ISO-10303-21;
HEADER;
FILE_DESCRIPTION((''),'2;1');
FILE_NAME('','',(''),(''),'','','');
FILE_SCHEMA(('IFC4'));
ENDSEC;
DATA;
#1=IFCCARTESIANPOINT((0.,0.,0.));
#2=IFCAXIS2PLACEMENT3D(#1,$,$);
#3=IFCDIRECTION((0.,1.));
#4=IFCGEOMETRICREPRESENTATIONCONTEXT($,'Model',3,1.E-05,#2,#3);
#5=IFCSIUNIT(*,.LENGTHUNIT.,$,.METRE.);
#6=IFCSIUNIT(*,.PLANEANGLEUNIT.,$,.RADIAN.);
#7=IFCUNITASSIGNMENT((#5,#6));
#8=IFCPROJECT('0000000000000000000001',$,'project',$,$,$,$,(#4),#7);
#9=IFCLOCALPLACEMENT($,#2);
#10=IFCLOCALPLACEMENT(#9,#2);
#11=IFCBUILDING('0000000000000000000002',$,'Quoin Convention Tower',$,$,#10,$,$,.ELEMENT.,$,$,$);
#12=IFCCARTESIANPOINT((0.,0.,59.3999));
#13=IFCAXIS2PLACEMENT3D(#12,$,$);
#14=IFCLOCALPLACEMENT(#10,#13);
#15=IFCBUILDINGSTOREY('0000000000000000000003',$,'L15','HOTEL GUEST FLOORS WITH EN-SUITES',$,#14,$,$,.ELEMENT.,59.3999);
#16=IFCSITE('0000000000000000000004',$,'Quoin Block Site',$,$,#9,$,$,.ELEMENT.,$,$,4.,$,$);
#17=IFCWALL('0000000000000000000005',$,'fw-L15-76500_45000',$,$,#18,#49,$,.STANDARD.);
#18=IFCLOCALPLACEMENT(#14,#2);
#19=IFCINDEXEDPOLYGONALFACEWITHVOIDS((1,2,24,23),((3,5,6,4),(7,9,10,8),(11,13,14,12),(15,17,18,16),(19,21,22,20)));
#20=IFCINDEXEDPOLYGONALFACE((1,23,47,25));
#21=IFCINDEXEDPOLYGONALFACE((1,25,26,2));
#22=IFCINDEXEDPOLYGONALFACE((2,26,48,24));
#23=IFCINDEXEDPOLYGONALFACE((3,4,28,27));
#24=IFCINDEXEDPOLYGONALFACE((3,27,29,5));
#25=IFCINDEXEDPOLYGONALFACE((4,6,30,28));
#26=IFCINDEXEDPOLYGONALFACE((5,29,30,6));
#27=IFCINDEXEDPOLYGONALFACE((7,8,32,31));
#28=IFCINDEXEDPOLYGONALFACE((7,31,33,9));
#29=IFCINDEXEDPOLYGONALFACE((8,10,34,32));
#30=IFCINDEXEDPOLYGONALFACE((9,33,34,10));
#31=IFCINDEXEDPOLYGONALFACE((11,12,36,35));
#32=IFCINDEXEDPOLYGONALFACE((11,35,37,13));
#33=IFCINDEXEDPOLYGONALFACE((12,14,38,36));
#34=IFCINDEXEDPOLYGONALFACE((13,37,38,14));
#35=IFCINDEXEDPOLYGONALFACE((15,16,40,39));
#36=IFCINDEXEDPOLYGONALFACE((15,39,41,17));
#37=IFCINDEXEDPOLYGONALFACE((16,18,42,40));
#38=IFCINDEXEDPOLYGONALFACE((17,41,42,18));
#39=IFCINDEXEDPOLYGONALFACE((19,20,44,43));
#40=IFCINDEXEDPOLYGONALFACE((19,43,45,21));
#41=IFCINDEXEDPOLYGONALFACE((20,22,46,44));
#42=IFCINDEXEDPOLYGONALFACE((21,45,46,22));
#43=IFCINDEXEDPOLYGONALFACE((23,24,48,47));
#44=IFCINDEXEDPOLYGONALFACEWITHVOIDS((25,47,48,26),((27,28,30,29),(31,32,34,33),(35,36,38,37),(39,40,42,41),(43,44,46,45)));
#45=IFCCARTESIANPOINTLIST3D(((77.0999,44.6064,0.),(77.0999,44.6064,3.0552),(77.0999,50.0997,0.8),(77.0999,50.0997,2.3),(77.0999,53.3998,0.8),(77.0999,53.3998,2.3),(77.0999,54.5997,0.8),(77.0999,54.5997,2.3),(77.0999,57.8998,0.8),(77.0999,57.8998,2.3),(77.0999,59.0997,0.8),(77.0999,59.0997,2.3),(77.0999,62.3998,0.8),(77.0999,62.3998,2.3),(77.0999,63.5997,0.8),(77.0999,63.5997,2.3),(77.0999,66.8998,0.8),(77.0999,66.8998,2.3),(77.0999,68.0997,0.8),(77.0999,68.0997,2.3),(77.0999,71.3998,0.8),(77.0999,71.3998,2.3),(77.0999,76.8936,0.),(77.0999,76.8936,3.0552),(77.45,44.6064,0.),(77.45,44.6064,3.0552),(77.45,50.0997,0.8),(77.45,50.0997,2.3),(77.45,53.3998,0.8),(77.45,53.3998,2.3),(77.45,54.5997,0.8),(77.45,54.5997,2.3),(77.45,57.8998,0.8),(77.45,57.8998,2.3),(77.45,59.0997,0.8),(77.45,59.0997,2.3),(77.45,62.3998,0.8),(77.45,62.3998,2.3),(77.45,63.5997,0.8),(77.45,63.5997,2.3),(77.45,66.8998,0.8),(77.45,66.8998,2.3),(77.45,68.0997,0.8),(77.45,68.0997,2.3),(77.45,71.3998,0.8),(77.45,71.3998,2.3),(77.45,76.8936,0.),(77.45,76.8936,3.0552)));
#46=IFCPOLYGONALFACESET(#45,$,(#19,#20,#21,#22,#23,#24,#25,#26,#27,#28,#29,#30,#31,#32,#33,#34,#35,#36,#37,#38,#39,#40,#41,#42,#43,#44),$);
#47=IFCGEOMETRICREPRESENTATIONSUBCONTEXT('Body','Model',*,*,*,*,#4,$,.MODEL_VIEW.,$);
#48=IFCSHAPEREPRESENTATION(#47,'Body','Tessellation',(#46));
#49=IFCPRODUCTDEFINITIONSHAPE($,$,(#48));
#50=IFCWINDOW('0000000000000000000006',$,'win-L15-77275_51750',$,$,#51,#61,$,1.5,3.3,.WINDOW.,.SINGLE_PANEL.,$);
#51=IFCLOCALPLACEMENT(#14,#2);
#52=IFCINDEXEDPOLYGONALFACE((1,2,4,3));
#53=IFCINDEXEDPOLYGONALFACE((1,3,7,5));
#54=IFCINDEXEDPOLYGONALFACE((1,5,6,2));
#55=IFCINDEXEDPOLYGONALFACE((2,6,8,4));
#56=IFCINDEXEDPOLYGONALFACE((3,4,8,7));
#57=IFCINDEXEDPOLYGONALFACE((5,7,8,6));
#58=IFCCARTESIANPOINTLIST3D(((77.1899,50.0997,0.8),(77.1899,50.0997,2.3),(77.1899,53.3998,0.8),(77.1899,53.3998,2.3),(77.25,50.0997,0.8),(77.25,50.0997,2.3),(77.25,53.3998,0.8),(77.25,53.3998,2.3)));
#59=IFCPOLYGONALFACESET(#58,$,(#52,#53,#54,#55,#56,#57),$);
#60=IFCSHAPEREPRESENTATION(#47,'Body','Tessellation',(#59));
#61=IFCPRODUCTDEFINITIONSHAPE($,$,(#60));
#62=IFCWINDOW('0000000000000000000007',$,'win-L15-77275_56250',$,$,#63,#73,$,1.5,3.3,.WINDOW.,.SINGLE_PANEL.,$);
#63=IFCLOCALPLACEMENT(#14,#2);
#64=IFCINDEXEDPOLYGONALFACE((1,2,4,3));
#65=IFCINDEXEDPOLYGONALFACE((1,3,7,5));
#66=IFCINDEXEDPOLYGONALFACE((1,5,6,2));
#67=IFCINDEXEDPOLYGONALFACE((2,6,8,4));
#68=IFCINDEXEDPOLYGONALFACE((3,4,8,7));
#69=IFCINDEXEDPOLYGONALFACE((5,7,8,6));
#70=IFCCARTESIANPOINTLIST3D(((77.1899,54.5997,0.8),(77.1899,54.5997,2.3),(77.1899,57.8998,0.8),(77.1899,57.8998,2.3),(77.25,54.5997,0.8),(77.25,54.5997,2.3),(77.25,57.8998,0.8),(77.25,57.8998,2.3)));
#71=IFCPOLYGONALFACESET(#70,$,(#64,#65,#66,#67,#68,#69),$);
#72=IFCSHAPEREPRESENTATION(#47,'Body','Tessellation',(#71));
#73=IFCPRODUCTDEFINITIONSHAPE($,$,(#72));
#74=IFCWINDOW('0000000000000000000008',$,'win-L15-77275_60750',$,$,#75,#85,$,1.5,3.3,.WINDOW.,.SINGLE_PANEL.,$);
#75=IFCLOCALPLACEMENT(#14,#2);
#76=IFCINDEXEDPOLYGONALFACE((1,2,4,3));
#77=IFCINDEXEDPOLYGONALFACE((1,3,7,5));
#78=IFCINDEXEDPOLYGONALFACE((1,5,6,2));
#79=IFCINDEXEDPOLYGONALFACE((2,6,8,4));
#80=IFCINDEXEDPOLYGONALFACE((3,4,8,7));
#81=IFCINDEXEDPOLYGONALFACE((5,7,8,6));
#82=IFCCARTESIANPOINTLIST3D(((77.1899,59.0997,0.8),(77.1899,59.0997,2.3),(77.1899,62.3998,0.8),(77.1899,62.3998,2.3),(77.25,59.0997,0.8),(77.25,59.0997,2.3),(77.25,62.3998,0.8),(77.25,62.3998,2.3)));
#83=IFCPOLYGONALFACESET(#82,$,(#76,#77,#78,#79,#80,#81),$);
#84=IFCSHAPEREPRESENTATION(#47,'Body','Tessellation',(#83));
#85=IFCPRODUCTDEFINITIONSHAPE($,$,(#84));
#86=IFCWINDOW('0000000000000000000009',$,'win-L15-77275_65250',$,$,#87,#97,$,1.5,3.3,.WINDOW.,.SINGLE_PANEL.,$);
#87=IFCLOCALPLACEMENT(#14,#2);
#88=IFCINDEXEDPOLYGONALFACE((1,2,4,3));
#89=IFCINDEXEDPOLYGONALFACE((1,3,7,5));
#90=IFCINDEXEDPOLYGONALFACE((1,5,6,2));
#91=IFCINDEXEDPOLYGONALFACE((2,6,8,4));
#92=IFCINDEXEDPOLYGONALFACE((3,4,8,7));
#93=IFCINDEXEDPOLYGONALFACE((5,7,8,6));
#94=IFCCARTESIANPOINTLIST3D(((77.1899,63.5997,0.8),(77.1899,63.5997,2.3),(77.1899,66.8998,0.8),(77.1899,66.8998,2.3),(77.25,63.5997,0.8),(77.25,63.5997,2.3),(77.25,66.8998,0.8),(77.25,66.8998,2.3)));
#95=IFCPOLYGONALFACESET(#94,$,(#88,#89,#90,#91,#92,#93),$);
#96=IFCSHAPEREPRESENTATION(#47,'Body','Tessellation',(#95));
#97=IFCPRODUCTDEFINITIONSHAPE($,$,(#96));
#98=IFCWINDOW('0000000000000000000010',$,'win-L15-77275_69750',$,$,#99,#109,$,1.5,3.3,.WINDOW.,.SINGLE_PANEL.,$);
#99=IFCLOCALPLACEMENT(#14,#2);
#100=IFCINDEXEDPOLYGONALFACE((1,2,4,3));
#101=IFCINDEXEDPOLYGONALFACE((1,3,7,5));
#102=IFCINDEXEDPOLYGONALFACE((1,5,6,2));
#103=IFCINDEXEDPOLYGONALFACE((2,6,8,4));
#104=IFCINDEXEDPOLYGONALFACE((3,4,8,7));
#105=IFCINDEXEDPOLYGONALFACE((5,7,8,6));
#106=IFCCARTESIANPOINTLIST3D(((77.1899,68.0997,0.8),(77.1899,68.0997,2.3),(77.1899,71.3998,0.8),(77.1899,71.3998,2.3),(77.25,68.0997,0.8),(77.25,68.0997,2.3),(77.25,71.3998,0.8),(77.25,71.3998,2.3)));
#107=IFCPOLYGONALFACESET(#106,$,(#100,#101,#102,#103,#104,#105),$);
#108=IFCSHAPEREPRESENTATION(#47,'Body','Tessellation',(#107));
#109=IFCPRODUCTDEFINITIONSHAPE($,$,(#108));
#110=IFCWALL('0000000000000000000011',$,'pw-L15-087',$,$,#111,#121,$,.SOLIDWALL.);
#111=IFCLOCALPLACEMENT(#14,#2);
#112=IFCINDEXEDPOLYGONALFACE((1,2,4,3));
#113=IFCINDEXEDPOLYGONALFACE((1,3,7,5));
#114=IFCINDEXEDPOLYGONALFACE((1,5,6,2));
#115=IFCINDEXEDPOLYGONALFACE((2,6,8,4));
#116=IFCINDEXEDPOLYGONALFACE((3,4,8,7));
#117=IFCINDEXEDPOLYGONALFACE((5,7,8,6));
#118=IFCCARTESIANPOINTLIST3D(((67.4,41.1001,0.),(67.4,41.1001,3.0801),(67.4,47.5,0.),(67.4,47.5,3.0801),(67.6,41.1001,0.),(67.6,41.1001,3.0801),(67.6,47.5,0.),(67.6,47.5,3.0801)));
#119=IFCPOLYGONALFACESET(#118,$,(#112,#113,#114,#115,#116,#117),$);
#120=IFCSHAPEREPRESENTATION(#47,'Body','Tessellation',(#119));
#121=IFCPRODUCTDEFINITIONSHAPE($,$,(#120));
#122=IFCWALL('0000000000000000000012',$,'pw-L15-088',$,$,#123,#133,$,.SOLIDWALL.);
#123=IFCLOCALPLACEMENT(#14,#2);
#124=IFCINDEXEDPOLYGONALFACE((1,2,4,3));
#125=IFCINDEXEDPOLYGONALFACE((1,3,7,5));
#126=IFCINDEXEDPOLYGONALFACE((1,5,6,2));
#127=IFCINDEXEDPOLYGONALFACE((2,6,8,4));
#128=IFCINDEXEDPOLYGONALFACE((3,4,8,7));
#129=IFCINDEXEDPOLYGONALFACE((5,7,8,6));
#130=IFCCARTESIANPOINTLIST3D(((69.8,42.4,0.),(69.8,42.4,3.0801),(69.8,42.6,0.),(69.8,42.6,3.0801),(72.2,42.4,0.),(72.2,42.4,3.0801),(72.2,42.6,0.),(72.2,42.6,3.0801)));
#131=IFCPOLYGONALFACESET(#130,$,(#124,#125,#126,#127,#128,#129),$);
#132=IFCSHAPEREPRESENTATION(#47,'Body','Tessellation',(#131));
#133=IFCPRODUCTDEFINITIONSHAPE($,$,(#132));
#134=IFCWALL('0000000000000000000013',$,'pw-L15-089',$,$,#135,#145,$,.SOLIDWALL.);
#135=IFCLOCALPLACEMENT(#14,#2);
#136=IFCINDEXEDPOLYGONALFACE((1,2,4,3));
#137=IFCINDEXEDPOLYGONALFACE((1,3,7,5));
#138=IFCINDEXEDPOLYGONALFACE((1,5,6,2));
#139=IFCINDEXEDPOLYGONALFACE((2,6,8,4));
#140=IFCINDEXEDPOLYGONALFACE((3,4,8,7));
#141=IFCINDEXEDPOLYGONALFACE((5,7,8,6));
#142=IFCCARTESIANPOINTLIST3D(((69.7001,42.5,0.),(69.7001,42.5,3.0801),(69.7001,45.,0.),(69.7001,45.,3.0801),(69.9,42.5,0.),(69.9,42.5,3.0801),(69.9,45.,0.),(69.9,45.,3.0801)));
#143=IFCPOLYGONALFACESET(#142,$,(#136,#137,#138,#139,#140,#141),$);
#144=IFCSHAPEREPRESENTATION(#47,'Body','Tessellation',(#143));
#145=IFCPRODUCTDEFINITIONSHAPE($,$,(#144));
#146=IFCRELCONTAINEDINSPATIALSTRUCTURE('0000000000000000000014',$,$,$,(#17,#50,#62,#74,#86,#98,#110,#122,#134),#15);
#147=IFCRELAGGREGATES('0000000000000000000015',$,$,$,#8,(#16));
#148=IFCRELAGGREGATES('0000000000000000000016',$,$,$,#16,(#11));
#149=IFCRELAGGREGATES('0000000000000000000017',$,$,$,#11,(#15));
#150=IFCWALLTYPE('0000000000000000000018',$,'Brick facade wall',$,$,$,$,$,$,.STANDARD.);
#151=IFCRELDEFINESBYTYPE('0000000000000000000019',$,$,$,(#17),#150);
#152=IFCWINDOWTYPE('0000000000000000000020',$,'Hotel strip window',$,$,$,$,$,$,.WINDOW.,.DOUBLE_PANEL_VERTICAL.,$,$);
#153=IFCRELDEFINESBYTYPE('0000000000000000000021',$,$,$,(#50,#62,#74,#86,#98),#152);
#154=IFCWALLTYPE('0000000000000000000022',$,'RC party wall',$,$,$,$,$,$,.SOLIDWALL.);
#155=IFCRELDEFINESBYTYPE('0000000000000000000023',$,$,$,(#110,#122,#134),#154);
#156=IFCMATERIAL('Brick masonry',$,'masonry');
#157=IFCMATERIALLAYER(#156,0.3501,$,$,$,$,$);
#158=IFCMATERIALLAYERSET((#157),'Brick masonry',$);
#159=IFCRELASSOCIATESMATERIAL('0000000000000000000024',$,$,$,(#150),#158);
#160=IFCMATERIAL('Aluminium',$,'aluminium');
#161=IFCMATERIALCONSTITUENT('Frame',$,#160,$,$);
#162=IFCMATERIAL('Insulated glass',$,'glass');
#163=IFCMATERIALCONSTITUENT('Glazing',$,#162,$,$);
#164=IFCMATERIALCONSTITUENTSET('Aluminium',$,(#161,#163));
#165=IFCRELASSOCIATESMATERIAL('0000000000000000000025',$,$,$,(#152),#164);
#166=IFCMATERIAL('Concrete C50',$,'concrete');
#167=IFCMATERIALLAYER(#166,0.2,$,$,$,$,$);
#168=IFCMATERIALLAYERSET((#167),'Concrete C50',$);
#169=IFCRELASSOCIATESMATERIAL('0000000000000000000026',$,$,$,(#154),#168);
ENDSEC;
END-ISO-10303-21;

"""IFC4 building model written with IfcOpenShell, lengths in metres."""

from ifc_helpers import new_model, si_unit, direction, frame, frame_2d, origin, place, context, subcontext, project, spatial, rectangle, extrude, material, layer, layer_set, constituent, constituent_set, type_object, element, fill, save


model = new_model("IFC4")

# Units and contexts
model_context = context("Model", 3, precision=1e-05, world=origin(), true_north=direction((0.0, 1.0)))
body_context = subcontext(model_context, "Body", "Model", "MODEL_VIEW")
ifc_project = project(units=[si_unit("LENGTHUNIT", "METRE"), si_unit("PLANEANGLEUNIT", "RADIAN")], contexts=[model_context])

# Site, building, storey
site_placement = place(None, origin())
site = spatial("IfcSite", under=ifc_project, at=site_placement, Name="Quoin Block Site", CompositionType="ELEMENT", RefElevation=4.0)
building_placement = place(site_placement, origin())
building = spatial("IfcBuilding", under=site, at=building_placement, Name="Quoin Convention Tower", CompositionType="ELEMENT")
storey_placement = place(building_placement, frame((0.0, 0.0, 59.3999)))
storey = spatial("IfcBuildingStorey", under=building, at=storey_placement, Name="L15", Description="HOTEL GUEST FLOORS WITH EN-SUITES", CompositionType="ELEMENT", Elevation=59.3999)

# Shared definitions
ifc_material_1 = material(Name="Brick masonry", Category="masonry")
ifc_layer_1 = layer(ifc_material_1, 0.3501)
ifc_layer_set_1 = layer_set([ifc_layer_1], Name="Brick masonry")
wall_type_1 = type_object("IfcWallType", Name="Brick facade wall", PredefinedType="STANDARD", material=ifc_layer_set_1)
ifc_material_2 = material(Name="Aluminium", Category="aluminium")
ifc_constituent_1 = constituent(ifc_material_2, Name="Frame")
ifc_material_3 = material(Name="Insulated glass", Category="glass")
ifc_constituent_2 = constituent(ifc_material_3, Name="Glazing")
ifc_constituent_set = constituent_set(constituents=[ifc_constituent_1, ifc_constituent_2], Name="Aluminium")
window_type = type_object("IfcWindowType", Name="Hotel strip window", PartitioningType="DOUBLE_PANEL_VERTICAL", PredefinedType="WINDOW", material=ifc_constituent_set)

# Wall, openings, windows
wall_1_placement = place(storey_placement, frame((77.2749, 44.6064, 0.0), z_axis=(0.0, 0.0, 1.0), x_axis=(0.0, 1.0, 0.0)))
wall_1 = element("IfcWall", 1, at=wall_1_placement, inside=storey, type_object=wall_type_1, Name="fw-L15-76500_45000", PredefinedType="STANDARD", context=body_context, shape_type="SweptSolid", body=[
    extrude(rectangle(XDim=32.2871, YDim=0.3501, at=frame_2d((16.1436, 0.0))), origin(), (0.0, 0.0, 1.0), 3.0552),
])
opening_1_placement = place(wall_1_placement, frame((5.4934, 0.0, 0.8)))
opening_1 = element("IfcOpeningElement", 2, at=opening_1_placement, cuts=wall_1, PredefinedType="OPENING", context=body_context, shape_type="SweptSolid", body=[
    extrude(rectangle(XDim=3.3, YDim=1.5, at=frame_2d((1.6499, 0.75))), frame((0.0, 0.1851, 0.0), z_axis=(0.0, -1.0, 0.0), x_axis=(1.0, 0.0, 0.0)), (0.0, 0.0, 1.0), 0.3701),
])
opening_2_placement = place(wall_1_placement, frame((9.9934, 0.0, 0.8)))
opening_2 = element("IfcOpeningElement", 3, at=opening_2_placement, cuts=wall_1, PredefinedType="OPENING", context=body_context, shape_type="SweptSolid", body=[
    extrude(rectangle(XDim=3.3, YDim=1.5, at=frame_2d((1.6499, 0.75))), frame((0.0, 0.1851, 0.0), z_axis=(0.0, -1.0, 0.0), x_axis=(1.0, 0.0, 0.0)), (0.0, 0.0, 1.0), 0.3701),
])
opening_3_placement = place(wall_1_placement, frame((14.4934, 0.0, 0.8)))
opening_3 = element("IfcOpeningElement", 4, at=opening_3_placement, cuts=wall_1, PredefinedType="OPENING", context=body_context, shape_type="SweptSolid", body=[
    extrude(rectangle(XDim=3.3, YDim=1.5, at=frame_2d((1.6499, 0.75))), frame((0.0, 0.1851, 0.0), z_axis=(0.0, -1.0, 0.0), x_axis=(1.0, 0.0, 0.0)), (0.0, 0.0, 1.0), 0.3701),
])
opening_4_placement = place(wall_1_placement, frame((18.9934, 0.0, 0.8)))
opening_4 = element("IfcOpeningElement", 5, at=opening_4_placement, cuts=wall_1, PredefinedType="OPENING", context=body_context, shape_type="SweptSolid", body=[
    extrude(rectangle(XDim=3.3, YDim=1.5, at=frame_2d((1.6499, 0.75))), frame((0.0, 0.1851, 0.0), z_axis=(0.0, -1.0, 0.0), x_axis=(1.0, 0.0, 0.0)), (0.0, 0.0, 1.0), 0.3701),
])
opening_5_placement = place(wall_1_placement, frame((23.4934, 0.0, 0.8)))
opening_5 = element("IfcOpeningElement", 6, at=opening_5_placement, cuts=wall_1, PredefinedType="OPENING", context=body_context, shape_type="SweptSolid", body=[
    extrude(rectangle(XDim=3.3, YDim=1.5, at=frame_2d((1.6499, 0.75))), frame((0.0, 0.1851, 0.0), z_axis=(0.0, -1.0, 0.0), x_axis=(1.0, 0.0, 0.0)), (0.0, 0.0, 1.0), 0.3701),
])
window_1_placement = place(opening_1_placement, origin())
window_1 = element("IfcWindow", 7, at=window_1_placement, inside=storey, type_object=window_type, Name="win-L15-77275_51750", OverallHeight=1.5, OverallWidth=3.3, PartitioningType="SINGLE_PANEL", PredefinedType="WINDOW", context=body_context, shape_type="SweptSolid", body=[
    extrude(rectangle(XDim=3.3, YDim=1.5, at=frame_2d((1.6499, 0.75))), frame((0.0, 0.085, 0.0), z_axis=(0.0, -1.0, 0.0), x_axis=(1.0, 0.0, 0.0)), (0.0, 0.0, 1.0), 0.0601),
])
fill(opening_1, window_1)
window_2_placement = place(opening_2_placement, origin())
window_2 = element("IfcWindow", 8, at=window_2_placement, inside=storey, type_object=window_type, Name="win-L15-77275_56250", OverallHeight=1.5, OverallWidth=3.3, PartitioningType="SINGLE_PANEL", PredefinedType="WINDOW", context=body_context, shape_type="SweptSolid", body=[
    extrude(rectangle(XDim=3.3, YDim=1.5, at=frame_2d((1.6499, 0.75))), frame((0.0, 0.085, 0.0), z_axis=(0.0, -1.0, 0.0), x_axis=(1.0, 0.0, 0.0)), (0.0, 0.0, 1.0), 0.0601),
])
fill(opening_2, window_2)
window_3_placement = place(opening_3_placement, origin())
window_3 = element("IfcWindow", 9, at=window_3_placement, inside=storey, type_object=window_type, Name="win-L15-77275_60750", OverallHeight=1.5, OverallWidth=3.3, PartitioningType="SINGLE_PANEL", PredefinedType="WINDOW", context=body_context, shape_type="SweptSolid", body=[
    extrude(rectangle(XDim=3.3, YDim=1.5, at=frame_2d((1.6499, 0.75))), frame((0.0, 0.085, 0.0), z_axis=(0.0, -1.0, 0.0), x_axis=(1.0, 0.0, 0.0)), (0.0, 0.0, 1.0), 0.0601),
])
fill(opening_3, window_3)
window_4_placement = place(opening_4_placement, origin())
window_4 = element("IfcWindow", 10, at=window_4_placement, inside=storey, type_object=window_type, Name="win-L15-77275_65250", OverallHeight=1.5, OverallWidth=3.3, PartitioningType="SINGLE_PANEL", PredefinedType="WINDOW", context=body_context, shape_type="SweptSolid", body=[
    extrude(rectangle(XDim=3.3, YDim=1.5, at=frame_2d((1.6499, 0.75))), frame((0.0, 0.085, 0.0), z_axis=(0.0, -1.0, 0.0), x_axis=(1.0, 0.0, 0.0)), (0.0, 0.0, 1.0), 0.0601),
])
fill(opening_4, window_4)
window_5_placement = place(opening_5_placement, origin())
window_5 = element("IfcWindow", 11, at=window_5_placement, inside=storey, type_object=window_type, Name="win-L15-77275_69750", OverallHeight=1.5, OverallWidth=3.3, PartitioningType="SINGLE_PANEL", PredefinedType="WINDOW", context=body_context, shape_type="SweptSolid", body=[
    extrude(rectangle(XDim=3.3, YDim=1.5, at=frame_2d((1.6499, 0.75))), frame((0.0, 0.085, 0.0), z_axis=(0.0, -1.0, 0.0), x_axis=(1.0, 0.0, 0.0)), (0.0, 0.0, 1.0), 0.0601),
])
fill(opening_5, window_5)

# Walls
ifc_material_4 = material(Name="Concrete C50", Category="concrete")
ifc_layer_2 = layer(ifc_material_4, 0.2)
ifc_layer_set_2 = layer_set([ifc_layer_2], Name="Concrete C50")
wall_type_2 = type_object("IfcWallType", Name="RC party wall", PredefinedType="SOLIDWALL", material=ifc_layer_set_2)
wall_2_placement = place(storey_placement, frame((67.5, 41.1001, 0.0), z_axis=(0.0, 0.0, 1.0), x_axis=(0.0, 1.0, 0.0)))
element("IfcWall", 12, at=wall_2_placement, inside=storey, type_object=wall_type_2, Name="pw-L15-087", PredefinedType="SOLIDWALL", context=body_context, shape_type="SweptSolid", body=[
    extrude(rectangle(XDim=6.3999, YDim=0.2, at=frame_2d((3.2, 0.0))), origin(), (0.0, 0.0, 1.0), 3.0801),
])
wall_3_placement = place(storey_placement, frame((69.8, 42.5, 0.0), z_axis=(0.0, 0.0, 1.0), x_axis=(1.0, 0.0, 0.0)))
element("IfcWall", 13, at=wall_3_placement, inside=storey, type_object=wall_type_2, Name="pw-L15-088", PredefinedType="SOLIDWALL", context=body_context, shape_type="SweptSolid", body=[
    extrude(rectangle(XDim=2.3999, YDim=0.2, at=frame_2d((1.2, 0.0))), origin(), (0.0, 0.0, 1.0), 3.0801),
])
wall_4_placement = place(storey_placement, frame((69.8, 42.5, 0.0), z_axis=(0.0, 0.0, 1.0), x_axis=(0.0, 1.0, 0.0)))
element("IfcWall", 14, at=wall_4_placement, inside=storey, type_object=wall_type_2, Name="pw-L15-089", PredefinedType="SOLIDWALL", context=body_context, shape_type="SweptSolid", body=[
    extrude(rectangle(XDim=2.5, YDim=0.2, at=frame_2d((1.25, 0.0))), origin(), (0.0, 0.0, 1.0), 3.0801),
])

save(model, "model.ifc")
